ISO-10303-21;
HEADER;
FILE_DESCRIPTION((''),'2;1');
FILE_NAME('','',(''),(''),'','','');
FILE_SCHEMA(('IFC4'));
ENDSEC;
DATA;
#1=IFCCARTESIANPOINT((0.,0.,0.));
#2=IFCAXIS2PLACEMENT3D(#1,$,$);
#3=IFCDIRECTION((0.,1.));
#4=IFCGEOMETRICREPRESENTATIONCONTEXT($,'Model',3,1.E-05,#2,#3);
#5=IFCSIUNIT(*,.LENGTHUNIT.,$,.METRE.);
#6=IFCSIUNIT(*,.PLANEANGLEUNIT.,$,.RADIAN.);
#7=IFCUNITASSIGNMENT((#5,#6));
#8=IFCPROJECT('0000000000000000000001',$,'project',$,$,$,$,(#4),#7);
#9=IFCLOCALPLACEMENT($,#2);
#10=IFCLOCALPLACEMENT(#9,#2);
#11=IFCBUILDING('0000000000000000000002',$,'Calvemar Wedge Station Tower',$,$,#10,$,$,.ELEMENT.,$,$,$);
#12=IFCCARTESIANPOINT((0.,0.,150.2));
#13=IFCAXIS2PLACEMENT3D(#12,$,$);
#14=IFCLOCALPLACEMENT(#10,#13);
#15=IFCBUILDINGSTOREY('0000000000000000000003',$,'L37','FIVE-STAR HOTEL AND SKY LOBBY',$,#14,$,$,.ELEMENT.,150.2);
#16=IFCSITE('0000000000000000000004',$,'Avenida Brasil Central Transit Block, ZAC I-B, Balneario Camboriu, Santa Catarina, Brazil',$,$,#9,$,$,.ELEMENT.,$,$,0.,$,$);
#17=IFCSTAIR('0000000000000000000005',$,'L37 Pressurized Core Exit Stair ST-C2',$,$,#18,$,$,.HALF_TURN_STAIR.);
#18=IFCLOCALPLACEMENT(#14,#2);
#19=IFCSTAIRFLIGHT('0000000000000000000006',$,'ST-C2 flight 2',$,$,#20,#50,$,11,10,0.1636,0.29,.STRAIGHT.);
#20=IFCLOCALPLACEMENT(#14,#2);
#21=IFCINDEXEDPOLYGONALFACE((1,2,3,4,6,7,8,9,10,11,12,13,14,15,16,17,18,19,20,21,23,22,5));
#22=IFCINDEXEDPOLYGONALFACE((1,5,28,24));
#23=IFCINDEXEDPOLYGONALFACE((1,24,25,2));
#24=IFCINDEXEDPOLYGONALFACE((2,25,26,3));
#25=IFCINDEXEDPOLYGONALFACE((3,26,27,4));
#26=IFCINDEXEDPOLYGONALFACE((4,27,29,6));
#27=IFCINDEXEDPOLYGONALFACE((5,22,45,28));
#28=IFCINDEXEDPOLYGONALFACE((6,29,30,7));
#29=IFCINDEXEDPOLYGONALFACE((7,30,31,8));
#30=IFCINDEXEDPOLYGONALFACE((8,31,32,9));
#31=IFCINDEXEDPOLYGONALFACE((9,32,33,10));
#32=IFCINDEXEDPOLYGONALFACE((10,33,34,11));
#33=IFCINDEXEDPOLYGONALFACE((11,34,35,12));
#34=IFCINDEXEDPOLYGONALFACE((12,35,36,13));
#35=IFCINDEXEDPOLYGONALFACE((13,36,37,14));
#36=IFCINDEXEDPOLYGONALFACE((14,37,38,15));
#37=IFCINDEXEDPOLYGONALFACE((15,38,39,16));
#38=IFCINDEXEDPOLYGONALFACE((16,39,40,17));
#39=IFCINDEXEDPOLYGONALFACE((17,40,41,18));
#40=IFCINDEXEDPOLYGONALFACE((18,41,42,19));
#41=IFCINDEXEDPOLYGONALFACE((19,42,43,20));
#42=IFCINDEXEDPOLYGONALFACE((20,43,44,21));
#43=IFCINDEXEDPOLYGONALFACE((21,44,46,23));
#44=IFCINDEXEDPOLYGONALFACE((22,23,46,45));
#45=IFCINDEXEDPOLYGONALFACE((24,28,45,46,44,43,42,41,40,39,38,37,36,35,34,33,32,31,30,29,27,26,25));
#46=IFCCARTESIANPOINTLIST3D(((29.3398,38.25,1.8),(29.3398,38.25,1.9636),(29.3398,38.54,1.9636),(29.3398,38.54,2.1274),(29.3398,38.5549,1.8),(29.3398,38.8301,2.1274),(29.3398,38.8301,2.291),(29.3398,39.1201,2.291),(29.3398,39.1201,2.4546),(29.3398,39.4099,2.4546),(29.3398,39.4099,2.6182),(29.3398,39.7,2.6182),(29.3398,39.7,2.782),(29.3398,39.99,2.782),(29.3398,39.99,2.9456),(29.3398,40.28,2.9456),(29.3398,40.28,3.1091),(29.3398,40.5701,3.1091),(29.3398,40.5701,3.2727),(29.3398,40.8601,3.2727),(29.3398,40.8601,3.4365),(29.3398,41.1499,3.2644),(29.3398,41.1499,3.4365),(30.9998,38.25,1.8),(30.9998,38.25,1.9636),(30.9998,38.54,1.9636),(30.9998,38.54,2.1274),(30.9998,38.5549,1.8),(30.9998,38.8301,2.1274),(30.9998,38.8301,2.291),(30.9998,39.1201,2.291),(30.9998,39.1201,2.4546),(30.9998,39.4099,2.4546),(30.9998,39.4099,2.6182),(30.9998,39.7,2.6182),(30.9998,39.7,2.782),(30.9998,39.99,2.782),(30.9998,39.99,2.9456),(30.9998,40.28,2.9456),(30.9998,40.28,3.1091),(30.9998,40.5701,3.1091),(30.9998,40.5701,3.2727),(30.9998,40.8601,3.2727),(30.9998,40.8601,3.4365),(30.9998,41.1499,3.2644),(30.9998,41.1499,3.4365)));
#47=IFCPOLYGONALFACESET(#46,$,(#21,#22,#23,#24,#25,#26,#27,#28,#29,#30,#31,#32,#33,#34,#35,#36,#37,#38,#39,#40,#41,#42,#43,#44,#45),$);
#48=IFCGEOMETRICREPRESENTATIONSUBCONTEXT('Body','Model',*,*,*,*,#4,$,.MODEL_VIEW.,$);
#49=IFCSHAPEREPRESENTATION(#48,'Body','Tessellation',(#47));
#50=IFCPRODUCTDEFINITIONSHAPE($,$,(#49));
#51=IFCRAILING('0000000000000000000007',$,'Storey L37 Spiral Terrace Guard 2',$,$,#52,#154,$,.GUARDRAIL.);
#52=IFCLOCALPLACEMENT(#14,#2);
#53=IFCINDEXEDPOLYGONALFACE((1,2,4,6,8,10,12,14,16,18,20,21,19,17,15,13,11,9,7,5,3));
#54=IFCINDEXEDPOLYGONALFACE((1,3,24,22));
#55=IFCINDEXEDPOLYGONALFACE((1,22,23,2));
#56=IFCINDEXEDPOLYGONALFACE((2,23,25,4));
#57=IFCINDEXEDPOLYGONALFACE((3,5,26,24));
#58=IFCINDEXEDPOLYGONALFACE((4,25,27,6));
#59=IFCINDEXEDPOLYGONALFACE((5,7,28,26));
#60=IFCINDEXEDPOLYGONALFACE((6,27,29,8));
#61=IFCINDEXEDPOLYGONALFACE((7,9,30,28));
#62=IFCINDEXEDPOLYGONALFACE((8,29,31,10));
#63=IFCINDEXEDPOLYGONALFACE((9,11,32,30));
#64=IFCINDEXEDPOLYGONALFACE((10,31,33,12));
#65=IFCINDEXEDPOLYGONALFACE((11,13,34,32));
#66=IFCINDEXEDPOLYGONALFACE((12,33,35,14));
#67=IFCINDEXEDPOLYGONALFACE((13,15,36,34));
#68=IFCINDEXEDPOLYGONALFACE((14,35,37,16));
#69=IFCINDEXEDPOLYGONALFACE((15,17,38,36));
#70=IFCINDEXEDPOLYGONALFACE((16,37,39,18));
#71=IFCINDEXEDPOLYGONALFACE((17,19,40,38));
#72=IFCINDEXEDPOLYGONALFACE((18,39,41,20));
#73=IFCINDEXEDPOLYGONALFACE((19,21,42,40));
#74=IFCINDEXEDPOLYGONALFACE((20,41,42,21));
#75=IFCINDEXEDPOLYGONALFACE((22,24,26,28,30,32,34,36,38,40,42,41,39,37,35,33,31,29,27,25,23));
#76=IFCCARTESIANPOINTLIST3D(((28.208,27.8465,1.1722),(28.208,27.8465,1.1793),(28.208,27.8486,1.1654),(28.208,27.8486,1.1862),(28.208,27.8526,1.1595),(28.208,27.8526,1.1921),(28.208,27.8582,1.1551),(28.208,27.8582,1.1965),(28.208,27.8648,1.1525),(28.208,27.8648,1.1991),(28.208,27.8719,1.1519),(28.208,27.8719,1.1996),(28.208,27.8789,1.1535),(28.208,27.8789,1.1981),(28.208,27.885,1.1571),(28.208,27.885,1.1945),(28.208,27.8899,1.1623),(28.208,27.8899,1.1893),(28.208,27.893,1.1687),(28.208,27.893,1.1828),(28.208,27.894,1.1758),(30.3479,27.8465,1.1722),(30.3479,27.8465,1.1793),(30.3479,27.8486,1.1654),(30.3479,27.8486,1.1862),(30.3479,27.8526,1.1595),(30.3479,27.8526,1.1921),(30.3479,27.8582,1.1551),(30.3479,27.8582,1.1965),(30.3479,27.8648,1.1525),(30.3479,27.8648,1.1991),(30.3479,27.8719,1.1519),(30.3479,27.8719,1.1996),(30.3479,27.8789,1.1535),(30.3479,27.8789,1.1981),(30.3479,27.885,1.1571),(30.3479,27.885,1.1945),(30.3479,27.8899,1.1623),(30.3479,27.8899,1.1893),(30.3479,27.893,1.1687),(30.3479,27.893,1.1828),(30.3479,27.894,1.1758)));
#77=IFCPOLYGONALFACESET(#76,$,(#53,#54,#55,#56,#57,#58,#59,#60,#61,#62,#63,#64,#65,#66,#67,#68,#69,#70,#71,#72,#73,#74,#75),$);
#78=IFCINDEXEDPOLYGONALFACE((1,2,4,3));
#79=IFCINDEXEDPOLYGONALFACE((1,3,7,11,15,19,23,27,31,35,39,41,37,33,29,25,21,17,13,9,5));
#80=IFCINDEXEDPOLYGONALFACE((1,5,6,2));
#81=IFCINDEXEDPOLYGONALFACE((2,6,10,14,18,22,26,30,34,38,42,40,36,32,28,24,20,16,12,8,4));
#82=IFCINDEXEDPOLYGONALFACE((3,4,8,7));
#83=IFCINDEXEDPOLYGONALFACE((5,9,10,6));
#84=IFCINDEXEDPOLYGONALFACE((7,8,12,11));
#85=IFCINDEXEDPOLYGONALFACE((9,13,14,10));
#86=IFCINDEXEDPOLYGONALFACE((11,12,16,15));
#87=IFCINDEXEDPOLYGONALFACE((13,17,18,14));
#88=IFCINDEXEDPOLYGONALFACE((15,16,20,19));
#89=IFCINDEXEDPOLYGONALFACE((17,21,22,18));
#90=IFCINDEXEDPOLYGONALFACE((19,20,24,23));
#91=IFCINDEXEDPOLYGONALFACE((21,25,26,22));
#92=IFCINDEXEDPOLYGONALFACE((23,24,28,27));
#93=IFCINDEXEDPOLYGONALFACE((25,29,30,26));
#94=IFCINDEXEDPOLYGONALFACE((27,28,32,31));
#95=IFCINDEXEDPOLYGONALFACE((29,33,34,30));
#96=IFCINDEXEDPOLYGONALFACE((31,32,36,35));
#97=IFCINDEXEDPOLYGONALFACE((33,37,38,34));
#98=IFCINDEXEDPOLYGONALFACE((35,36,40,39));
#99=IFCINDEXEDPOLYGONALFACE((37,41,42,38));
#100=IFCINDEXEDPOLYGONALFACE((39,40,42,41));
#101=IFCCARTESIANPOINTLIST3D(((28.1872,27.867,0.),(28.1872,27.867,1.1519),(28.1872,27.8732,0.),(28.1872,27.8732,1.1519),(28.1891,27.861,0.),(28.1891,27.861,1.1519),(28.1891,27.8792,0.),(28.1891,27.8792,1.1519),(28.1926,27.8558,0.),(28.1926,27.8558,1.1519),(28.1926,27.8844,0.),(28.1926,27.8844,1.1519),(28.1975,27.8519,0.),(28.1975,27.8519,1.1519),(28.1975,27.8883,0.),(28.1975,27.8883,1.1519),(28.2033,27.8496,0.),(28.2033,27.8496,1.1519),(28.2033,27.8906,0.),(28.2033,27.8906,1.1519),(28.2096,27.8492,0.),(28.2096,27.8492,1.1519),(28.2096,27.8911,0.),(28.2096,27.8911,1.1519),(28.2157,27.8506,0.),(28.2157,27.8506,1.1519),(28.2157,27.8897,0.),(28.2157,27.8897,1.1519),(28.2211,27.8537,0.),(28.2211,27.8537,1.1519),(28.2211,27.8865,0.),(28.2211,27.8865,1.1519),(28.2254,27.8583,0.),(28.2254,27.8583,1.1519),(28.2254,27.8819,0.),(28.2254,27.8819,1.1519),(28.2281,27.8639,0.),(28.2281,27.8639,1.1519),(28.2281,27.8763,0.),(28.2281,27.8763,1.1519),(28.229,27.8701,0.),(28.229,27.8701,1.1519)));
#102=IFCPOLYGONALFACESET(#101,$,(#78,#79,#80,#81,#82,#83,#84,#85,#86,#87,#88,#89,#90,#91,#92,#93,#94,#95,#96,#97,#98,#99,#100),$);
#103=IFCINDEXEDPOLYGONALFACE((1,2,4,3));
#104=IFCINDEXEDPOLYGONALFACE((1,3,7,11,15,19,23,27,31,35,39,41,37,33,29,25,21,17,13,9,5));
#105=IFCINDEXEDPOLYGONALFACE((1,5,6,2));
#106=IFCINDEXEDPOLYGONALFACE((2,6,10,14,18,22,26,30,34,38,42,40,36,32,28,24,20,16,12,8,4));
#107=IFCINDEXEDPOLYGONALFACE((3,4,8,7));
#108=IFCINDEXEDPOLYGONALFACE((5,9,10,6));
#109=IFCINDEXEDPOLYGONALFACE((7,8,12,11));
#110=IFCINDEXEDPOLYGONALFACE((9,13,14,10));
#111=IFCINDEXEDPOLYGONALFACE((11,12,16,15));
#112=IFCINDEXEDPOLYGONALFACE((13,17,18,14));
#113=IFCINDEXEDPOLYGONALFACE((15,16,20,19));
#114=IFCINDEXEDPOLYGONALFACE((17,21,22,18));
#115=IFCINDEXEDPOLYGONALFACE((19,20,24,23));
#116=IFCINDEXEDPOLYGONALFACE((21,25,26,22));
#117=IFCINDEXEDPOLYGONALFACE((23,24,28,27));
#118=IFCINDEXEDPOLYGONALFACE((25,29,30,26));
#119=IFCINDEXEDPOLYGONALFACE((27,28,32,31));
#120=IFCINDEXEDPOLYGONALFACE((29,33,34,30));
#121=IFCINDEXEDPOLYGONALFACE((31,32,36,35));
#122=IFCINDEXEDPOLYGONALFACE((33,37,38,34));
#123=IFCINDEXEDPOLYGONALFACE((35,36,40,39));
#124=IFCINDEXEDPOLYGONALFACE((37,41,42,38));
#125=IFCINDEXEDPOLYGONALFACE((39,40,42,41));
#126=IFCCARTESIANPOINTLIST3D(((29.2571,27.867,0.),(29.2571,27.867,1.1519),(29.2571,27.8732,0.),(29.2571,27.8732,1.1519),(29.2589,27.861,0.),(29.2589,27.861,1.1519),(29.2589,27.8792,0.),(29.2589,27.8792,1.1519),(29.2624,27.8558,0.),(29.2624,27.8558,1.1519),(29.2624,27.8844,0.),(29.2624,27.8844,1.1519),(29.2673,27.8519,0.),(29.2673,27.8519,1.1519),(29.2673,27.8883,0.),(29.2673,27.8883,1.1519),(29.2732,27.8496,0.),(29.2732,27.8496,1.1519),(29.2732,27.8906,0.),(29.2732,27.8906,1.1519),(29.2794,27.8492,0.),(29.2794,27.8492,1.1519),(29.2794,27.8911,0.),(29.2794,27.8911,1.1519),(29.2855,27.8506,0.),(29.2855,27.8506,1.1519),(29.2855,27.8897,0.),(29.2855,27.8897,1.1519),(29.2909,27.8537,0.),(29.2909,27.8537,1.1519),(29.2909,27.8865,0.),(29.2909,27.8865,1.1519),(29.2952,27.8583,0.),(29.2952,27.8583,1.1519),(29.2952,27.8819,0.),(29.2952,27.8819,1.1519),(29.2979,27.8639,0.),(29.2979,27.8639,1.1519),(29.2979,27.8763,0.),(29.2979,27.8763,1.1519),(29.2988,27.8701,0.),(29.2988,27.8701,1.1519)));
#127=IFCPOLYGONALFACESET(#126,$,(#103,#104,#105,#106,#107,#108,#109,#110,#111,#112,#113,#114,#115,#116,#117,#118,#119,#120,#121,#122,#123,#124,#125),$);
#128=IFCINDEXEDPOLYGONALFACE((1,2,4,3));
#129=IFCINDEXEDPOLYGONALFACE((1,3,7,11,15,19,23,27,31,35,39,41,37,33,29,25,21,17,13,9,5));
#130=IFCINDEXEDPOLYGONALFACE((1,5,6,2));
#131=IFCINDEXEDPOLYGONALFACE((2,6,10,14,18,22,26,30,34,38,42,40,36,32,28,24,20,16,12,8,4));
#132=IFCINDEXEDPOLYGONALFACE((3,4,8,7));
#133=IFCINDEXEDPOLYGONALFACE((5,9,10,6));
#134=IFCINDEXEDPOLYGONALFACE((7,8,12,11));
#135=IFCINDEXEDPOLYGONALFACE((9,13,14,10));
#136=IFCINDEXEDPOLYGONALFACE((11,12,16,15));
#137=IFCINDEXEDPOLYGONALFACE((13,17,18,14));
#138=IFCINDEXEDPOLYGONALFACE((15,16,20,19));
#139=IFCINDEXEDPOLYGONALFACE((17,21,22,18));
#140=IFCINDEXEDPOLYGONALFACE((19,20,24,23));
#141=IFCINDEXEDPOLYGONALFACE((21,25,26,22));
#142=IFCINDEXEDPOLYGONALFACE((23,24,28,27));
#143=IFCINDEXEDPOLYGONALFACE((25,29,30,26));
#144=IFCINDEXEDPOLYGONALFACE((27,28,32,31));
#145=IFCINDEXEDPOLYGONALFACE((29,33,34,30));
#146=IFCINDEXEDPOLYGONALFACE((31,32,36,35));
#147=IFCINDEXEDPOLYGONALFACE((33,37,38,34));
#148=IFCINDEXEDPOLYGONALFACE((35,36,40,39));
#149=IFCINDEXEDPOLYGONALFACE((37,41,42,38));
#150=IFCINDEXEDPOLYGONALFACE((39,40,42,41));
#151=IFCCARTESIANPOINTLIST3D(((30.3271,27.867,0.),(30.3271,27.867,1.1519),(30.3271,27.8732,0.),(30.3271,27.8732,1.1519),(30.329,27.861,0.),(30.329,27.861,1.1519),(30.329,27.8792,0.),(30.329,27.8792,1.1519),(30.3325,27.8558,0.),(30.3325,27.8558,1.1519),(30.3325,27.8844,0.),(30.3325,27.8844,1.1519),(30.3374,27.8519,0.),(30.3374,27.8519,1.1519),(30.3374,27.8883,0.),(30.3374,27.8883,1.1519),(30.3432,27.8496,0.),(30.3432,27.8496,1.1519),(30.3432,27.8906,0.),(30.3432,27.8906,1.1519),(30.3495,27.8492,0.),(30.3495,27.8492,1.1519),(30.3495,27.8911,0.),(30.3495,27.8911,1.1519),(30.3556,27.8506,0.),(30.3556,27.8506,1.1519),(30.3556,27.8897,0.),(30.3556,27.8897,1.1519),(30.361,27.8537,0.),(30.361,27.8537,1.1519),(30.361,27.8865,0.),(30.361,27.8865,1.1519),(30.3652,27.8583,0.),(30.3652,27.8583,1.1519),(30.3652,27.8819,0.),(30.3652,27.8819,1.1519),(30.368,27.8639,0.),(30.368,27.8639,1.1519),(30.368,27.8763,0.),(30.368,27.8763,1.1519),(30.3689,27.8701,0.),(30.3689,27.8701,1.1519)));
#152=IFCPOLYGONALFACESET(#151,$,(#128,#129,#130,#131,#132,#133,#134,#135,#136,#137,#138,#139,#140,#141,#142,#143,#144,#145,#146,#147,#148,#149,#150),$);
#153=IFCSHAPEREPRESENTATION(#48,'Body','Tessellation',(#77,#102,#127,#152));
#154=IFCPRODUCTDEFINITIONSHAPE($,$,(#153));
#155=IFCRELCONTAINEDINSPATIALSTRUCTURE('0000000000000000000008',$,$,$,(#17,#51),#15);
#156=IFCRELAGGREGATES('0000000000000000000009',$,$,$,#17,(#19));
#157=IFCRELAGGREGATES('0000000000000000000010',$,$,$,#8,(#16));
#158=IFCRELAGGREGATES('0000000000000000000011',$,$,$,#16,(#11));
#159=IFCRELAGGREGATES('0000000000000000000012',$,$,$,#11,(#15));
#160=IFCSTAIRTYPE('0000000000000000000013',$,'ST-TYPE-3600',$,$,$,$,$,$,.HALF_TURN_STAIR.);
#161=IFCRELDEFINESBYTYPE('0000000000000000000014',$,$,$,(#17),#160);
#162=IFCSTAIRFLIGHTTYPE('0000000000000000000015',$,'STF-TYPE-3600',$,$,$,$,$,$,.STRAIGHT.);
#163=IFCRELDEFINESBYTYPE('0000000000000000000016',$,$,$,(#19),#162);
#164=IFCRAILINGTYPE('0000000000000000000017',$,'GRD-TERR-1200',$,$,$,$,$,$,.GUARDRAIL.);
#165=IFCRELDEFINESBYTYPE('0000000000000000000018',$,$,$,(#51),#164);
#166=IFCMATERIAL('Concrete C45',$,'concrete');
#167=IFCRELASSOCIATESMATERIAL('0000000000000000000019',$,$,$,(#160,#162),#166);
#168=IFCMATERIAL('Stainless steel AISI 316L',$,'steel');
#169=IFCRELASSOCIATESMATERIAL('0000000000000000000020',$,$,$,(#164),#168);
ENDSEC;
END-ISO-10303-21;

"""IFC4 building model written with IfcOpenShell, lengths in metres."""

from ifc_helpers import new_model, si_unit, direction, frame, origin, origin_2d, place, context, subcontext, project, spatial, polyline, circle, outline, extrude, material, type_object, element, aggregate, save


model = new_model("IFC4")

# Units and contexts
model_context = context("Model", 3, precision=1e-05, world=origin(), true_north=direction((0.0, 1.0)))
body_context = subcontext(model_context, "Body", "Model", "MODEL_VIEW")
ifc_project = project(units=[si_unit("LENGTHUNIT", "METRE"), si_unit("PLANEANGLEUNIT", "RADIAN")], contexts=[model_context])

# Site, building, storey
site_placement = place(None, origin())
site = spatial("IfcSite", under=ifc_project, at=site_placement, Name="Avenida Brasil Central Transit Block, ZAC I-B, Balneario Camboriu, Santa Catarina, Brazil", CompositionType="ELEMENT", RefElevation=0.0)
building_placement = place(site_placement, origin())
building = spatial("IfcBuilding", under=site, at=building_placement, Name="Calvemar Wedge Station Tower", CompositionType="ELEMENT")
storey_placement = place(building_placement, frame((0.0, 0.0, 150.2)))
storey = spatial("IfcBuildingStorey", under=building, at=storey_placement, Name="L37", Description="FIVE-STAR HOTEL AND SKY LOBBY", CompositionType="ELEMENT", Elevation=150.2)

# Stair, stair flight
ifc_material_1 = material(Name="Concrete C45", Category="concrete")
stair_type = type_object("IfcStairType", Name="ST-TYPE-3600", PredefinedType="HALF_TURN_STAIR", material=ifc_material_1)
stair_placement = place(storey_placement, origin())
stair = element("IfcStair", 1, at=stair_placement, inside=storey, type_object=stair_type, Name="L37 Pressurized Core Exit Stair ST-C2", PredefinedType="HALF_TURN_STAIR")
stair_flight_type = type_object("IfcStairFlightType", Name="STF-TYPE-3600", PredefinedType="STRAIGHT", material=ifc_material_1)
stair_flight_placement = place(storey_placement, frame((30.1699, 38.25, 1.8), z_axis=(0.0, 0.0, 1.0), x_axis=(0.0, 1.0, 0.0)))
stair_flight = element("IfcStairFlight", 2, at=stair_flight_placement, type_object=stair_flight_type, Name="ST-C2 flight 2", NumberOfRisers=11, NumberOfTreads=10, PredefinedType="STRAIGHT", RiserHeight=0.1636, TreadLength=0.29, context=body_context, shape_type="SweptSolid", body=[
    extrude(outline(polyline([(0.0, 0.0), (0.0, 0.1636), (0.29, 0.1636), (0.29, 0.3274), (0.5801, 0.3274), (0.5801, 0.491), (0.8701, 0.491), (0.8701, 0.6545), (1.1599, 0.6545), (1.1599, 0.8181), (1.45, 0.8181), (1.45, 0.9819), (1.74, 0.9819), (1.74, 1.1455), (2.03, 1.1455), (2.03, 1.3091), (2.3201, 1.3091), (2.3201, 1.4727), (2.6101, 1.4727), (2.6101, 1.6365), (2.8999, 1.6365), (2.8999, 1.8), (2.8999, 1.4644), (0.3049, 0.0), (0.0, 0.0)])), frame((0.0, 0.8301, 0.0), z_axis=(0.0, -1.0, 0.0), x_axis=(1.0, 0.0, 0.0)), (0.0, 0.0, 1.0), 1.6599),
])
aggregate(stair, [stair_flight])

# Railing
ifc_material_2 = material(Name="Stainless steel AISI 316L", Category="steel")
railing_type_1 = type_object("IfcRailingType", Name="GRD-TERR-1200", PredefinedType="GUARDRAIL", material=ifc_material_2)
railing_1_placement = place(storey_placement, frame((28.208, 27.8701, 0.0)))
element("IfcRailing", 3, at=railing_1_placement, inside=storey, type_object=railing_type_1, Name="Storey L37 Spiral Terrace Guard 2", PredefinedType="GUARDRAIL", context=body_context, shape_type="SweptSolid", body=[
    extrude(circle(Radius=0.0239, at=origin_2d()), frame((0.0, 0.0, 1.1758), z_axis=(1.0, 0.0, 0.0), x_axis=(0.0, 1.0, 0.0)), (0.0, 0.0, 1.0), 2.1399),
    extrude(circle(Radius=0.021, at=origin_2d()), origin(), (0.0, 0.0, 1.0), 1.1519),
    extrude(circle(Radius=0.021, at=origin_2d()), frame((1.0698, 0.0, 0.0)), (0.0, 0.0, 1.0), 1.1519),
    extrude(circle(Radius=0.021, at=origin_2d()), frame((2.1399, 0.0, 0.0)), (0.0, 0.0, 1.0), 1.1519),
])

save(model, "model.ifc")
